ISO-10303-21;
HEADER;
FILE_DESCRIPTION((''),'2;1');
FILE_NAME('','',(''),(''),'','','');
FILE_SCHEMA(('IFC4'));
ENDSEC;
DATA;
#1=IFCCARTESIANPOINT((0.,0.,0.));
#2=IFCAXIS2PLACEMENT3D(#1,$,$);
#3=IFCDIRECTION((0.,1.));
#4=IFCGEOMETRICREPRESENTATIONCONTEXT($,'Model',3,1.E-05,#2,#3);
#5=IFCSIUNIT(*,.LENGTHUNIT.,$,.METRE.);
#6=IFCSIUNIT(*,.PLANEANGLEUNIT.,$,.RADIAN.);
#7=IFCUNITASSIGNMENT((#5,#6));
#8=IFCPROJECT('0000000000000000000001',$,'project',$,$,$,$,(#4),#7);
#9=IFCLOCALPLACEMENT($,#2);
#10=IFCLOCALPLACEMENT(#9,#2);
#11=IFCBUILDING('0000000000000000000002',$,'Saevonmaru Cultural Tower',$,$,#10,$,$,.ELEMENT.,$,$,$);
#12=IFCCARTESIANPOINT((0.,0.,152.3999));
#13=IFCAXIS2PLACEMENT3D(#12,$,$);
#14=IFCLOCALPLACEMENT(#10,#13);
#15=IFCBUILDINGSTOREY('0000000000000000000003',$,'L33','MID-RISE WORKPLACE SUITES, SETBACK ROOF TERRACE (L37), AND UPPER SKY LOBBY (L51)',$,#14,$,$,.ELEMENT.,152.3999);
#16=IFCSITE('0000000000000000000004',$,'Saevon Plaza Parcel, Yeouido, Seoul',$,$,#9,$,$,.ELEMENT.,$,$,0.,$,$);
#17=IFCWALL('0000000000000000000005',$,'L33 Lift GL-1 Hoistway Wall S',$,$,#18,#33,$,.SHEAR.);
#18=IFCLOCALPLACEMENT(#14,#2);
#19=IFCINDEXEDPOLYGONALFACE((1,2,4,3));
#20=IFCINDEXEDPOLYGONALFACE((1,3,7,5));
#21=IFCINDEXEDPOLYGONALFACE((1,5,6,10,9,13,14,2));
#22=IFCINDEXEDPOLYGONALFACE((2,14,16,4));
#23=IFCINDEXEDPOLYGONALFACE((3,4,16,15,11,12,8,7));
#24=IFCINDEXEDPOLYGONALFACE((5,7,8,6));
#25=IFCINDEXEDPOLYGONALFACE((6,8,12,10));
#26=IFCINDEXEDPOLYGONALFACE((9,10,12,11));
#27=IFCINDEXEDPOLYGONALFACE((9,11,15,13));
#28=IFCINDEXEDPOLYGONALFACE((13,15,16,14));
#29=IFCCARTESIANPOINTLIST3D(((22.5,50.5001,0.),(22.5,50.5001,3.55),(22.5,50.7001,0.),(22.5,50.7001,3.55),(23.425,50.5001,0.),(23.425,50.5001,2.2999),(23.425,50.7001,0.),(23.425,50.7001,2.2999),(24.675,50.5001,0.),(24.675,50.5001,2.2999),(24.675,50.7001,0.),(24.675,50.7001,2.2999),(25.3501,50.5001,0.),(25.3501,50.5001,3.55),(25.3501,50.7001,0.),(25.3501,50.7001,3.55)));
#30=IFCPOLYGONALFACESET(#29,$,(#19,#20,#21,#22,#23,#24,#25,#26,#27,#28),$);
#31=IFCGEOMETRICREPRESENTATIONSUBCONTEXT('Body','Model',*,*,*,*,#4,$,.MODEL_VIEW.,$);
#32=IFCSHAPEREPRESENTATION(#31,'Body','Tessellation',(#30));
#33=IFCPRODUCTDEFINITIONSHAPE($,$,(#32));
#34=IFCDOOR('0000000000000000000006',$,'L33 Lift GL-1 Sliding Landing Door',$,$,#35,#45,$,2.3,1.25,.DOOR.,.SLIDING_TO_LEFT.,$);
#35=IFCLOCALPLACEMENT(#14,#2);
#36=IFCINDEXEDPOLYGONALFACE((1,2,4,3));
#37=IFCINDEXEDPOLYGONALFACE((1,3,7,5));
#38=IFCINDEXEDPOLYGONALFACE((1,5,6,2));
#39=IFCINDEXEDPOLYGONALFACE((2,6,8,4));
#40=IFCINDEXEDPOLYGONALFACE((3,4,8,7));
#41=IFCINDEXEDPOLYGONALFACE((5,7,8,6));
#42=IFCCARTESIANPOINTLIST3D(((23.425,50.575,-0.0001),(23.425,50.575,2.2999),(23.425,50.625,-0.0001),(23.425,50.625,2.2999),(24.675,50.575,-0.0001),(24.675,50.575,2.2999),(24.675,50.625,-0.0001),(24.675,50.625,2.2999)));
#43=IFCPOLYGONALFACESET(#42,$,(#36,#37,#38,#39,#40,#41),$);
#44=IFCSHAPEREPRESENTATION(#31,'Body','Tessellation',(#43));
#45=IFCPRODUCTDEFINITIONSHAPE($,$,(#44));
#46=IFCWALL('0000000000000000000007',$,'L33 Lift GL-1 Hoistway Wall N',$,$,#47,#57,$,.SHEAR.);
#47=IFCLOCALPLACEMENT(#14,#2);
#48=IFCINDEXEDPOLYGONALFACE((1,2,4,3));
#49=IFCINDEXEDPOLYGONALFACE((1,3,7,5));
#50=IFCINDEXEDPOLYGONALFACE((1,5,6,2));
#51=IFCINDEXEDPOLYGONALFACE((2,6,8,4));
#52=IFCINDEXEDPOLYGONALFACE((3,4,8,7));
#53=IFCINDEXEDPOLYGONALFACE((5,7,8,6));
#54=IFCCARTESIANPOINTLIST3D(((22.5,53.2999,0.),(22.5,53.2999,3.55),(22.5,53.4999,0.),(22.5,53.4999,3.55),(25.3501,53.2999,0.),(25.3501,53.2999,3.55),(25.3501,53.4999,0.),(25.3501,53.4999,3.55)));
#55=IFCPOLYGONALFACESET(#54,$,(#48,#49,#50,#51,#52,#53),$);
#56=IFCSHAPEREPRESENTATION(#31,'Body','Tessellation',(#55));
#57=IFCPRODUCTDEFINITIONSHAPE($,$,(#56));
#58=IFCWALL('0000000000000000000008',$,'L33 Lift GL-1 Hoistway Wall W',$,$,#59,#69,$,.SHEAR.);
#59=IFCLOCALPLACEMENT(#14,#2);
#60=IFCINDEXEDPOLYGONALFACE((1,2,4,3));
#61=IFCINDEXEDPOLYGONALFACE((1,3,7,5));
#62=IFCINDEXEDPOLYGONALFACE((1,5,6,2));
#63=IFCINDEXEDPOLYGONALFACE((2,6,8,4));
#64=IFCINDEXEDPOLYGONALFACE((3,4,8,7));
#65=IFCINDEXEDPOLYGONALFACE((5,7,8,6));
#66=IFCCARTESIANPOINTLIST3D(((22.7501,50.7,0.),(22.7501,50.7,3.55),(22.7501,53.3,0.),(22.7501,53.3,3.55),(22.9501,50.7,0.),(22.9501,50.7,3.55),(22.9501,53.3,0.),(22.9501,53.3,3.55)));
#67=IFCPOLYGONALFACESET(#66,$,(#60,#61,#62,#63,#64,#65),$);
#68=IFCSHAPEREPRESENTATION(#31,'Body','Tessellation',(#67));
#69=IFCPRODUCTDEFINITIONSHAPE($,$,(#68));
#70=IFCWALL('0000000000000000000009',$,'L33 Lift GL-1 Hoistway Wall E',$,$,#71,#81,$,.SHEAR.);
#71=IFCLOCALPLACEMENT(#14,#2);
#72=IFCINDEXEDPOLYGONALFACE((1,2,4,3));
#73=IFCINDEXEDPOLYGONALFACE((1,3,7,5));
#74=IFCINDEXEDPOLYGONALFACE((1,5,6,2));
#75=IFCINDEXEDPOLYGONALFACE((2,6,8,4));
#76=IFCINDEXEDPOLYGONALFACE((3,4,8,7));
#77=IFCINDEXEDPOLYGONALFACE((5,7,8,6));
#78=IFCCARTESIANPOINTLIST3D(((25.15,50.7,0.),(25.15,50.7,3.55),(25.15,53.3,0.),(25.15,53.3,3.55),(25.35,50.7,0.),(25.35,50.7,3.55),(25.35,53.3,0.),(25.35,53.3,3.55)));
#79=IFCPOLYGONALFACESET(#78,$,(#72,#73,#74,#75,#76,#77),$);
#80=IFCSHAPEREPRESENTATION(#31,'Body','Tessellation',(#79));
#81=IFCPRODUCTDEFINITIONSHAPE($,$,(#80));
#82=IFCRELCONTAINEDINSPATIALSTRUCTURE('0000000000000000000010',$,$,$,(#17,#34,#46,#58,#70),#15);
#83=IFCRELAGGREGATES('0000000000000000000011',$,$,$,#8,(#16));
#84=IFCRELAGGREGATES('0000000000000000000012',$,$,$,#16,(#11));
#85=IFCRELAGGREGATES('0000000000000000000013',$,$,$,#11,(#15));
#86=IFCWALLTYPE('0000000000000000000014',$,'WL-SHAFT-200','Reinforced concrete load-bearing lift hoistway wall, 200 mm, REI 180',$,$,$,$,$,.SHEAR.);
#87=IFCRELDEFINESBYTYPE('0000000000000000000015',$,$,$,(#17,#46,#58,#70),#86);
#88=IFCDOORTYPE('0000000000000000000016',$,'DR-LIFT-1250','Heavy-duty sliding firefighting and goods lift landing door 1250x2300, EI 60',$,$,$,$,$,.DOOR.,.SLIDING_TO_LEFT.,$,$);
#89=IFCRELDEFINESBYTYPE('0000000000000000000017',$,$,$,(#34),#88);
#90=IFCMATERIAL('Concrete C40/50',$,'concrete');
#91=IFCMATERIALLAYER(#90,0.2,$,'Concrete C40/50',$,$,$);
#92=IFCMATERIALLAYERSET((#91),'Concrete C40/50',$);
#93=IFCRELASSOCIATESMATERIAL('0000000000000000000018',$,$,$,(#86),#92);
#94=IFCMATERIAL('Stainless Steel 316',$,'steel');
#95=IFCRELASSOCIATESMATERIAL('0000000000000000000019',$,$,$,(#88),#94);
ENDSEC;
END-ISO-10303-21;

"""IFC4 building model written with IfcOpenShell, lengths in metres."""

from ifc_helpers import new_model, si_unit, direction, frame, frame_2d, origin, place, context, subcontext, project, spatial, rectangle, extrude, material, layer, layer_set, type_object, element, fill, save


model = new_model("IFC4")

# Units and contexts
model_context = context("Model", 3, precision=1e-05, world=origin(), true_north=direction((0.0, 1.0)))
body_context = subcontext(model_context, "Body", "Model", "MODEL_VIEW")
ifc_project = project(units=[si_unit("LENGTHUNIT", "METRE"), si_unit("PLANEANGLEUNIT", "RADIAN")], contexts=[model_context])

# Site, building, storey
site_placement = place(None, origin())
site = spatial("IfcSite", under=ifc_project, at=site_placement, Name="Saevon Plaza Parcel, Yeouido, Seoul", CompositionType="ELEMENT", RefElevation=0.0)
building_placement = place(site_placement, origin())
building = spatial("IfcBuilding", under=site, at=building_placement, Name="Saevonmaru Cultural Tower", CompositionType="ELEMENT")
storey_placement = place(building_placement, frame((0.0, 0.0, 152.3999)))
storey = spatial("IfcBuildingStorey", under=building, at=storey_placement, Name="L33", Description="MID-RISE WORKPLACE SUITES, SETBACK ROOF TERRACE (L37), AND UPPER SKY LOBBY (L51)", CompositionType="ELEMENT", Elevation=152.3999)

# Shared definitions
ifc_material_1 = material(Name="Concrete C40/50", Category="concrete")
ifc_layer_1 = layer(ifc_material_1, 0.2, Name="Concrete C40/50")
ifc_layer_set_1 = layer_set([ifc_layer_1], Name="Concrete C40/50")
wall_type_1 = type_object("IfcWallType", Name="WL-SHAFT-200", Description="Reinforced concrete load-bearing lift hoistway wall, 200 mm, REI 180", PredefinedType="SHEAR", material=ifc_layer_set_1)

# Wall, opening, door
wall_1_placement = place(storey_placement, frame((22.5, 50.6001, 0.0), z_axis=(0.0, 0.0, 1.0), x_axis=(1.0, 0.0, 0.0)))
wall_1 = element("IfcWall", 1, at=wall_1_placement, inside=storey, type_object=wall_type_1, Name="L33 Lift GL-1 Hoistway Wall S", PredefinedType="SHEAR", context=body_context, shape_type="SweptSolid", body=[
    extrude(rectangle(XDim=2.8501, YDim=0.2, at=frame_2d((1.425, 0.0))), origin(), (0.0, 0.0, 1.0), 3.55),
])
opening_placement = place(wall_1_placement, frame((0.925, 0.0, 0.0)))
opening = element("IfcOpeningElement", 2, at=opening_placement, cuts=wall_1, PredefinedType="OPENING", context=body_context, shape_type="SweptSolid", body=[
    extrude(rectangle(XDim=1.25, YDim=2.3, at=frame_2d((0.625, 1.1499))), frame((0.0, 0.1099, 0.0), z_axis=(0.0, -1.0, 0.0), x_axis=(1.0, 0.0, 0.0)), (0.0, 0.0, 1.0), 0.22),
])
ifc_material_2 = material(Name="Stainless Steel 316", Category="steel")
door_type = type_object("IfcDoorType", Name="DR-LIFT-1250", Description="Heavy-duty sliding firefighting and goods lift landing door 1250x2300, EI 60", OperationType="SLIDING_TO_LEFT", PredefinedType="DOOR", material=ifc_material_2)
door_placement = place(opening_placement, origin())
door = element("IfcDoor", 3, at=door_placement, inside=storey, type_object=door_type, Name="L33 Lift GL-1 Sliding Landing Door", OperationType="SLIDING_TO_LEFT", OverallHeight=2.3, OverallWidth=1.25, PredefinedType="DOOR", context=body_context, shape_type="SweptSolid", body=[
    extrude(rectangle(XDim=1.25, YDim=2.3, at=frame_2d((0.625, 1.1499))), frame((0.0, 0.0249, 0.0), z_axis=(0.0, -1.0, 0.0), x_axis=(1.0, 0.0, 0.0)), (0.0, 0.0, 1.0), 0.05),
])
fill(opening, door)

# Walls
wall_2_placement = place(storey_placement, frame((22.5, 53.3999, 0.0), z_axis=(0.0, 0.0, 1.0), x_axis=(1.0, 0.0, 0.0)))
element("IfcWall", 4, at=wall_2_placement, inside=storey, type_object=wall_type_1, Name="L33 Lift GL-1 Hoistway Wall N", PredefinedType="SHEAR", context=body_context, shape_type="SweptSolid", body=[
    extrude(rectangle(XDim=2.8501, YDim=0.2, at=frame_2d((1.425, 0.0))), origin(), (0.0, 0.0, 1.0), 3.55),
])
for number, where, z_axis, x_axis, name in (
    (5, (22.8501, 50.7, 0.0), (0.0, 0.0, 1.0), (0.0, 1.0, 0.0), "L33 Lift GL-1 Hoistway Wall W"),
    (6, (25.25, 50.7, 0.0), (0.0, 0.0, 1.0), (0.0, 1.0, 0.0), "L33 Lift GL-1 Hoistway Wall E"),
):
    element("IfcWall", number, at=place(storey_placement, frame(where, z_axis=z_axis, x_axis=x_axis)), inside=storey, type_object=wall_type_1, Name=name, PredefinedType="SHEAR", context=body_context, shape_type="SweptSolid", body=[
        extrude(rectangle(XDim=2.6001, YDim=0.2, at=frame_2d((1.3, 0.0))), origin(), (0.0, 0.0, 1.0), 3.55),
    ])

save(model, "model.ifc")
